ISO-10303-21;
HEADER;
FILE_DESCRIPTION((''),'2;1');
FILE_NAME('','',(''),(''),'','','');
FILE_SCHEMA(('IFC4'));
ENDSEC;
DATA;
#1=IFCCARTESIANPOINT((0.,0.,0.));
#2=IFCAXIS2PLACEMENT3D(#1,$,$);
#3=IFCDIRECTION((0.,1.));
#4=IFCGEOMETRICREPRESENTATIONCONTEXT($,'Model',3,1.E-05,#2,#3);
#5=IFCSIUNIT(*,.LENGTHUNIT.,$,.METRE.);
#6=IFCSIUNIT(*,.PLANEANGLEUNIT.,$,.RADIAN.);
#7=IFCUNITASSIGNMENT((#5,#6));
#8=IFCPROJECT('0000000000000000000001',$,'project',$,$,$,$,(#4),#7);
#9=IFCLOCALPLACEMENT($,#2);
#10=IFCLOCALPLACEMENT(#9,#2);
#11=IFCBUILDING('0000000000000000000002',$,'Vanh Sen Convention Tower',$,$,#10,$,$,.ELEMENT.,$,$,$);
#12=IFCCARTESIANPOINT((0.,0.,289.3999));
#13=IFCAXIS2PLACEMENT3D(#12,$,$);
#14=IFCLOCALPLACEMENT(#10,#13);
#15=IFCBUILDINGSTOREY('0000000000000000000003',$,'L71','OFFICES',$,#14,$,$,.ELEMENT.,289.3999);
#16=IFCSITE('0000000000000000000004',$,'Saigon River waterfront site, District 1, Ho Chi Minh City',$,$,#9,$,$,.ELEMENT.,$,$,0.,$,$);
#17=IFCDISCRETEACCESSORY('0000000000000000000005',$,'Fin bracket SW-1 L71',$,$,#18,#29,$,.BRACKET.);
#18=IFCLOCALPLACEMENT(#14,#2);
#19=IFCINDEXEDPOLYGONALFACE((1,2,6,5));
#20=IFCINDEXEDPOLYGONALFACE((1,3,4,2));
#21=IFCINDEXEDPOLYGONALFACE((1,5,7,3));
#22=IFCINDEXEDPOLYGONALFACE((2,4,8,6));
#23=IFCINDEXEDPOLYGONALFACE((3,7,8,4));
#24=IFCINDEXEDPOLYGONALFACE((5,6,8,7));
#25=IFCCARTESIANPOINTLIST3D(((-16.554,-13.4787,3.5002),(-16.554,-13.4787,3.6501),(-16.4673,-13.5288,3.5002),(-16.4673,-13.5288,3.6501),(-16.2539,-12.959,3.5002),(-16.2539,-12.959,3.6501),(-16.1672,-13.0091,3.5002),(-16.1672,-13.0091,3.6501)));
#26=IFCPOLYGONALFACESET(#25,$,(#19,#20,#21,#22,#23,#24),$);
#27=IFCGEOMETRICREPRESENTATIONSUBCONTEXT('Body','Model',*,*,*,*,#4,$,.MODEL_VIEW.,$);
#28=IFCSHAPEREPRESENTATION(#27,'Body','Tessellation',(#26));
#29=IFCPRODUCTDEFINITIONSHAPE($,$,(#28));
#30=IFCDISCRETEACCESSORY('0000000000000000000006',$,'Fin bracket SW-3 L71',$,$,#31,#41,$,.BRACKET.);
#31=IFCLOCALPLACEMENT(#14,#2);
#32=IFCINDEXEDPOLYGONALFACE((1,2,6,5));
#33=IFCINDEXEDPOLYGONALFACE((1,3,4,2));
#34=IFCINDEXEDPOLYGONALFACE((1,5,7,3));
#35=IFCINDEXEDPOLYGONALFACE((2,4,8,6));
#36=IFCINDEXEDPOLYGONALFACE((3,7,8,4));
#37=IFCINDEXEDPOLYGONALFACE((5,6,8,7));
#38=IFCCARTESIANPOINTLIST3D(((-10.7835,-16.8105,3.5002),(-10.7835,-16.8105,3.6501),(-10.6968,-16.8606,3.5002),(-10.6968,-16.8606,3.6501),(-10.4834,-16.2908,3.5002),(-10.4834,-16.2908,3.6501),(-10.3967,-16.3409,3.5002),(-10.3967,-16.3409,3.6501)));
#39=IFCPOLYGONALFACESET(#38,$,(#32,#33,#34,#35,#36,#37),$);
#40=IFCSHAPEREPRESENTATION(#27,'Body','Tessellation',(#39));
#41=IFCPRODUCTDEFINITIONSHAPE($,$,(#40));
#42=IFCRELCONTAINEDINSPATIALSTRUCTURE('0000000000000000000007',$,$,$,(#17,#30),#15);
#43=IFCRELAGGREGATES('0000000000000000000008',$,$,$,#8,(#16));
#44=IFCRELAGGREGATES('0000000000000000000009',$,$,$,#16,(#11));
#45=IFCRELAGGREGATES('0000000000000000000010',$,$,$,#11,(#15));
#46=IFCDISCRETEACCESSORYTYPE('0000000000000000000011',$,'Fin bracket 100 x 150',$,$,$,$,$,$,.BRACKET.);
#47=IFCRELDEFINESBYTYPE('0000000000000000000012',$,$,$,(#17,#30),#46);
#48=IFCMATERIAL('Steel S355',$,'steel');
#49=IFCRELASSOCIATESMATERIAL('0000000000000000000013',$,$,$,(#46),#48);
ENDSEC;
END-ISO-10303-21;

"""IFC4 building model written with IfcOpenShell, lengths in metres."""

from ifc_helpers import new_model, si_unit, direction, frame, origin, origin_2d, place, context, subcontext, project, spatial, rectangle, extrude, material, type_object, element, save


model = new_model("IFC4")

# Units and contexts
model_context = context("Model", 3, precision=1e-05, world=origin(), true_north=direction((0.0, 1.0)))
body_context = subcontext(model_context, "Body", "Model", "MODEL_VIEW")
ifc_project = project(units=[si_unit("LENGTHUNIT", "METRE"), si_unit("PLANEANGLEUNIT", "RADIAN")], contexts=[model_context])

# Site, building, storey
site_placement = place(None, origin())
site = spatial("IfcSite", under=ifc_project, at=site_placement, Name="Saigon River waterfront site, District 1, Ho Chi Minh City", CompositionType="ELEMENT", RefElevation=0.0)
building_placement = place(site_placement, origin())
building = spatial("IfcBuilding", under=site, at=building_placement, Name="Vanh Sen Convention Tower", CompositionType="ELEMENT")
storey_placement = place(building_placement, frame((0.0, 0.0, 289.3999)))
storey = spatial("IfcBuildingStorey", under=building, at=storey_placement, Name="L71", Description="OFFICES", CompositionType="ELEMENT", Elevation=289.3999)

# Discrete accessories
ifc_material_1 = material(Name="Steel S355", Category="steel")
discrete_accessory_type = type_object("IfcDiscreteAccessoryType", Name="Fin bracket 100 x 150", PredefinedType="BRACKET", material=ifc_material_1)
for number, where, z_axis, x_axis, name in (
    (1, (-16.3606, -13.2439, 3.5002), (0.0, 0.0, 1.0), (-0.5, -0.866025, 0.0), "Fin bracket SW-1 L71"),
    (2, (-10.5901, -16.5757, 3.5002), (0.0, 0.0, 1.0), (-0.5, -0.866025, 0.0), "Fin bracket SW-3 L71"),
):
    element("IfcDiscreteAccessory", number, at=place(storey_placement, frame(where, z_axis=z_axis, x_axis=x_axis)), inside=storey, type_object=discrete_accessory_type, Name=name, PredefinedType="BRACKET", context=body_context, shape_type="SweptSolid", body=[
        extrude(rectangle(XDim=0.6001, YDim=0.1001, at=origin_2d()), origin(), (0.0, 0.0, 1.0), 0.1499),
    ])

save(model, "model.ifc")
